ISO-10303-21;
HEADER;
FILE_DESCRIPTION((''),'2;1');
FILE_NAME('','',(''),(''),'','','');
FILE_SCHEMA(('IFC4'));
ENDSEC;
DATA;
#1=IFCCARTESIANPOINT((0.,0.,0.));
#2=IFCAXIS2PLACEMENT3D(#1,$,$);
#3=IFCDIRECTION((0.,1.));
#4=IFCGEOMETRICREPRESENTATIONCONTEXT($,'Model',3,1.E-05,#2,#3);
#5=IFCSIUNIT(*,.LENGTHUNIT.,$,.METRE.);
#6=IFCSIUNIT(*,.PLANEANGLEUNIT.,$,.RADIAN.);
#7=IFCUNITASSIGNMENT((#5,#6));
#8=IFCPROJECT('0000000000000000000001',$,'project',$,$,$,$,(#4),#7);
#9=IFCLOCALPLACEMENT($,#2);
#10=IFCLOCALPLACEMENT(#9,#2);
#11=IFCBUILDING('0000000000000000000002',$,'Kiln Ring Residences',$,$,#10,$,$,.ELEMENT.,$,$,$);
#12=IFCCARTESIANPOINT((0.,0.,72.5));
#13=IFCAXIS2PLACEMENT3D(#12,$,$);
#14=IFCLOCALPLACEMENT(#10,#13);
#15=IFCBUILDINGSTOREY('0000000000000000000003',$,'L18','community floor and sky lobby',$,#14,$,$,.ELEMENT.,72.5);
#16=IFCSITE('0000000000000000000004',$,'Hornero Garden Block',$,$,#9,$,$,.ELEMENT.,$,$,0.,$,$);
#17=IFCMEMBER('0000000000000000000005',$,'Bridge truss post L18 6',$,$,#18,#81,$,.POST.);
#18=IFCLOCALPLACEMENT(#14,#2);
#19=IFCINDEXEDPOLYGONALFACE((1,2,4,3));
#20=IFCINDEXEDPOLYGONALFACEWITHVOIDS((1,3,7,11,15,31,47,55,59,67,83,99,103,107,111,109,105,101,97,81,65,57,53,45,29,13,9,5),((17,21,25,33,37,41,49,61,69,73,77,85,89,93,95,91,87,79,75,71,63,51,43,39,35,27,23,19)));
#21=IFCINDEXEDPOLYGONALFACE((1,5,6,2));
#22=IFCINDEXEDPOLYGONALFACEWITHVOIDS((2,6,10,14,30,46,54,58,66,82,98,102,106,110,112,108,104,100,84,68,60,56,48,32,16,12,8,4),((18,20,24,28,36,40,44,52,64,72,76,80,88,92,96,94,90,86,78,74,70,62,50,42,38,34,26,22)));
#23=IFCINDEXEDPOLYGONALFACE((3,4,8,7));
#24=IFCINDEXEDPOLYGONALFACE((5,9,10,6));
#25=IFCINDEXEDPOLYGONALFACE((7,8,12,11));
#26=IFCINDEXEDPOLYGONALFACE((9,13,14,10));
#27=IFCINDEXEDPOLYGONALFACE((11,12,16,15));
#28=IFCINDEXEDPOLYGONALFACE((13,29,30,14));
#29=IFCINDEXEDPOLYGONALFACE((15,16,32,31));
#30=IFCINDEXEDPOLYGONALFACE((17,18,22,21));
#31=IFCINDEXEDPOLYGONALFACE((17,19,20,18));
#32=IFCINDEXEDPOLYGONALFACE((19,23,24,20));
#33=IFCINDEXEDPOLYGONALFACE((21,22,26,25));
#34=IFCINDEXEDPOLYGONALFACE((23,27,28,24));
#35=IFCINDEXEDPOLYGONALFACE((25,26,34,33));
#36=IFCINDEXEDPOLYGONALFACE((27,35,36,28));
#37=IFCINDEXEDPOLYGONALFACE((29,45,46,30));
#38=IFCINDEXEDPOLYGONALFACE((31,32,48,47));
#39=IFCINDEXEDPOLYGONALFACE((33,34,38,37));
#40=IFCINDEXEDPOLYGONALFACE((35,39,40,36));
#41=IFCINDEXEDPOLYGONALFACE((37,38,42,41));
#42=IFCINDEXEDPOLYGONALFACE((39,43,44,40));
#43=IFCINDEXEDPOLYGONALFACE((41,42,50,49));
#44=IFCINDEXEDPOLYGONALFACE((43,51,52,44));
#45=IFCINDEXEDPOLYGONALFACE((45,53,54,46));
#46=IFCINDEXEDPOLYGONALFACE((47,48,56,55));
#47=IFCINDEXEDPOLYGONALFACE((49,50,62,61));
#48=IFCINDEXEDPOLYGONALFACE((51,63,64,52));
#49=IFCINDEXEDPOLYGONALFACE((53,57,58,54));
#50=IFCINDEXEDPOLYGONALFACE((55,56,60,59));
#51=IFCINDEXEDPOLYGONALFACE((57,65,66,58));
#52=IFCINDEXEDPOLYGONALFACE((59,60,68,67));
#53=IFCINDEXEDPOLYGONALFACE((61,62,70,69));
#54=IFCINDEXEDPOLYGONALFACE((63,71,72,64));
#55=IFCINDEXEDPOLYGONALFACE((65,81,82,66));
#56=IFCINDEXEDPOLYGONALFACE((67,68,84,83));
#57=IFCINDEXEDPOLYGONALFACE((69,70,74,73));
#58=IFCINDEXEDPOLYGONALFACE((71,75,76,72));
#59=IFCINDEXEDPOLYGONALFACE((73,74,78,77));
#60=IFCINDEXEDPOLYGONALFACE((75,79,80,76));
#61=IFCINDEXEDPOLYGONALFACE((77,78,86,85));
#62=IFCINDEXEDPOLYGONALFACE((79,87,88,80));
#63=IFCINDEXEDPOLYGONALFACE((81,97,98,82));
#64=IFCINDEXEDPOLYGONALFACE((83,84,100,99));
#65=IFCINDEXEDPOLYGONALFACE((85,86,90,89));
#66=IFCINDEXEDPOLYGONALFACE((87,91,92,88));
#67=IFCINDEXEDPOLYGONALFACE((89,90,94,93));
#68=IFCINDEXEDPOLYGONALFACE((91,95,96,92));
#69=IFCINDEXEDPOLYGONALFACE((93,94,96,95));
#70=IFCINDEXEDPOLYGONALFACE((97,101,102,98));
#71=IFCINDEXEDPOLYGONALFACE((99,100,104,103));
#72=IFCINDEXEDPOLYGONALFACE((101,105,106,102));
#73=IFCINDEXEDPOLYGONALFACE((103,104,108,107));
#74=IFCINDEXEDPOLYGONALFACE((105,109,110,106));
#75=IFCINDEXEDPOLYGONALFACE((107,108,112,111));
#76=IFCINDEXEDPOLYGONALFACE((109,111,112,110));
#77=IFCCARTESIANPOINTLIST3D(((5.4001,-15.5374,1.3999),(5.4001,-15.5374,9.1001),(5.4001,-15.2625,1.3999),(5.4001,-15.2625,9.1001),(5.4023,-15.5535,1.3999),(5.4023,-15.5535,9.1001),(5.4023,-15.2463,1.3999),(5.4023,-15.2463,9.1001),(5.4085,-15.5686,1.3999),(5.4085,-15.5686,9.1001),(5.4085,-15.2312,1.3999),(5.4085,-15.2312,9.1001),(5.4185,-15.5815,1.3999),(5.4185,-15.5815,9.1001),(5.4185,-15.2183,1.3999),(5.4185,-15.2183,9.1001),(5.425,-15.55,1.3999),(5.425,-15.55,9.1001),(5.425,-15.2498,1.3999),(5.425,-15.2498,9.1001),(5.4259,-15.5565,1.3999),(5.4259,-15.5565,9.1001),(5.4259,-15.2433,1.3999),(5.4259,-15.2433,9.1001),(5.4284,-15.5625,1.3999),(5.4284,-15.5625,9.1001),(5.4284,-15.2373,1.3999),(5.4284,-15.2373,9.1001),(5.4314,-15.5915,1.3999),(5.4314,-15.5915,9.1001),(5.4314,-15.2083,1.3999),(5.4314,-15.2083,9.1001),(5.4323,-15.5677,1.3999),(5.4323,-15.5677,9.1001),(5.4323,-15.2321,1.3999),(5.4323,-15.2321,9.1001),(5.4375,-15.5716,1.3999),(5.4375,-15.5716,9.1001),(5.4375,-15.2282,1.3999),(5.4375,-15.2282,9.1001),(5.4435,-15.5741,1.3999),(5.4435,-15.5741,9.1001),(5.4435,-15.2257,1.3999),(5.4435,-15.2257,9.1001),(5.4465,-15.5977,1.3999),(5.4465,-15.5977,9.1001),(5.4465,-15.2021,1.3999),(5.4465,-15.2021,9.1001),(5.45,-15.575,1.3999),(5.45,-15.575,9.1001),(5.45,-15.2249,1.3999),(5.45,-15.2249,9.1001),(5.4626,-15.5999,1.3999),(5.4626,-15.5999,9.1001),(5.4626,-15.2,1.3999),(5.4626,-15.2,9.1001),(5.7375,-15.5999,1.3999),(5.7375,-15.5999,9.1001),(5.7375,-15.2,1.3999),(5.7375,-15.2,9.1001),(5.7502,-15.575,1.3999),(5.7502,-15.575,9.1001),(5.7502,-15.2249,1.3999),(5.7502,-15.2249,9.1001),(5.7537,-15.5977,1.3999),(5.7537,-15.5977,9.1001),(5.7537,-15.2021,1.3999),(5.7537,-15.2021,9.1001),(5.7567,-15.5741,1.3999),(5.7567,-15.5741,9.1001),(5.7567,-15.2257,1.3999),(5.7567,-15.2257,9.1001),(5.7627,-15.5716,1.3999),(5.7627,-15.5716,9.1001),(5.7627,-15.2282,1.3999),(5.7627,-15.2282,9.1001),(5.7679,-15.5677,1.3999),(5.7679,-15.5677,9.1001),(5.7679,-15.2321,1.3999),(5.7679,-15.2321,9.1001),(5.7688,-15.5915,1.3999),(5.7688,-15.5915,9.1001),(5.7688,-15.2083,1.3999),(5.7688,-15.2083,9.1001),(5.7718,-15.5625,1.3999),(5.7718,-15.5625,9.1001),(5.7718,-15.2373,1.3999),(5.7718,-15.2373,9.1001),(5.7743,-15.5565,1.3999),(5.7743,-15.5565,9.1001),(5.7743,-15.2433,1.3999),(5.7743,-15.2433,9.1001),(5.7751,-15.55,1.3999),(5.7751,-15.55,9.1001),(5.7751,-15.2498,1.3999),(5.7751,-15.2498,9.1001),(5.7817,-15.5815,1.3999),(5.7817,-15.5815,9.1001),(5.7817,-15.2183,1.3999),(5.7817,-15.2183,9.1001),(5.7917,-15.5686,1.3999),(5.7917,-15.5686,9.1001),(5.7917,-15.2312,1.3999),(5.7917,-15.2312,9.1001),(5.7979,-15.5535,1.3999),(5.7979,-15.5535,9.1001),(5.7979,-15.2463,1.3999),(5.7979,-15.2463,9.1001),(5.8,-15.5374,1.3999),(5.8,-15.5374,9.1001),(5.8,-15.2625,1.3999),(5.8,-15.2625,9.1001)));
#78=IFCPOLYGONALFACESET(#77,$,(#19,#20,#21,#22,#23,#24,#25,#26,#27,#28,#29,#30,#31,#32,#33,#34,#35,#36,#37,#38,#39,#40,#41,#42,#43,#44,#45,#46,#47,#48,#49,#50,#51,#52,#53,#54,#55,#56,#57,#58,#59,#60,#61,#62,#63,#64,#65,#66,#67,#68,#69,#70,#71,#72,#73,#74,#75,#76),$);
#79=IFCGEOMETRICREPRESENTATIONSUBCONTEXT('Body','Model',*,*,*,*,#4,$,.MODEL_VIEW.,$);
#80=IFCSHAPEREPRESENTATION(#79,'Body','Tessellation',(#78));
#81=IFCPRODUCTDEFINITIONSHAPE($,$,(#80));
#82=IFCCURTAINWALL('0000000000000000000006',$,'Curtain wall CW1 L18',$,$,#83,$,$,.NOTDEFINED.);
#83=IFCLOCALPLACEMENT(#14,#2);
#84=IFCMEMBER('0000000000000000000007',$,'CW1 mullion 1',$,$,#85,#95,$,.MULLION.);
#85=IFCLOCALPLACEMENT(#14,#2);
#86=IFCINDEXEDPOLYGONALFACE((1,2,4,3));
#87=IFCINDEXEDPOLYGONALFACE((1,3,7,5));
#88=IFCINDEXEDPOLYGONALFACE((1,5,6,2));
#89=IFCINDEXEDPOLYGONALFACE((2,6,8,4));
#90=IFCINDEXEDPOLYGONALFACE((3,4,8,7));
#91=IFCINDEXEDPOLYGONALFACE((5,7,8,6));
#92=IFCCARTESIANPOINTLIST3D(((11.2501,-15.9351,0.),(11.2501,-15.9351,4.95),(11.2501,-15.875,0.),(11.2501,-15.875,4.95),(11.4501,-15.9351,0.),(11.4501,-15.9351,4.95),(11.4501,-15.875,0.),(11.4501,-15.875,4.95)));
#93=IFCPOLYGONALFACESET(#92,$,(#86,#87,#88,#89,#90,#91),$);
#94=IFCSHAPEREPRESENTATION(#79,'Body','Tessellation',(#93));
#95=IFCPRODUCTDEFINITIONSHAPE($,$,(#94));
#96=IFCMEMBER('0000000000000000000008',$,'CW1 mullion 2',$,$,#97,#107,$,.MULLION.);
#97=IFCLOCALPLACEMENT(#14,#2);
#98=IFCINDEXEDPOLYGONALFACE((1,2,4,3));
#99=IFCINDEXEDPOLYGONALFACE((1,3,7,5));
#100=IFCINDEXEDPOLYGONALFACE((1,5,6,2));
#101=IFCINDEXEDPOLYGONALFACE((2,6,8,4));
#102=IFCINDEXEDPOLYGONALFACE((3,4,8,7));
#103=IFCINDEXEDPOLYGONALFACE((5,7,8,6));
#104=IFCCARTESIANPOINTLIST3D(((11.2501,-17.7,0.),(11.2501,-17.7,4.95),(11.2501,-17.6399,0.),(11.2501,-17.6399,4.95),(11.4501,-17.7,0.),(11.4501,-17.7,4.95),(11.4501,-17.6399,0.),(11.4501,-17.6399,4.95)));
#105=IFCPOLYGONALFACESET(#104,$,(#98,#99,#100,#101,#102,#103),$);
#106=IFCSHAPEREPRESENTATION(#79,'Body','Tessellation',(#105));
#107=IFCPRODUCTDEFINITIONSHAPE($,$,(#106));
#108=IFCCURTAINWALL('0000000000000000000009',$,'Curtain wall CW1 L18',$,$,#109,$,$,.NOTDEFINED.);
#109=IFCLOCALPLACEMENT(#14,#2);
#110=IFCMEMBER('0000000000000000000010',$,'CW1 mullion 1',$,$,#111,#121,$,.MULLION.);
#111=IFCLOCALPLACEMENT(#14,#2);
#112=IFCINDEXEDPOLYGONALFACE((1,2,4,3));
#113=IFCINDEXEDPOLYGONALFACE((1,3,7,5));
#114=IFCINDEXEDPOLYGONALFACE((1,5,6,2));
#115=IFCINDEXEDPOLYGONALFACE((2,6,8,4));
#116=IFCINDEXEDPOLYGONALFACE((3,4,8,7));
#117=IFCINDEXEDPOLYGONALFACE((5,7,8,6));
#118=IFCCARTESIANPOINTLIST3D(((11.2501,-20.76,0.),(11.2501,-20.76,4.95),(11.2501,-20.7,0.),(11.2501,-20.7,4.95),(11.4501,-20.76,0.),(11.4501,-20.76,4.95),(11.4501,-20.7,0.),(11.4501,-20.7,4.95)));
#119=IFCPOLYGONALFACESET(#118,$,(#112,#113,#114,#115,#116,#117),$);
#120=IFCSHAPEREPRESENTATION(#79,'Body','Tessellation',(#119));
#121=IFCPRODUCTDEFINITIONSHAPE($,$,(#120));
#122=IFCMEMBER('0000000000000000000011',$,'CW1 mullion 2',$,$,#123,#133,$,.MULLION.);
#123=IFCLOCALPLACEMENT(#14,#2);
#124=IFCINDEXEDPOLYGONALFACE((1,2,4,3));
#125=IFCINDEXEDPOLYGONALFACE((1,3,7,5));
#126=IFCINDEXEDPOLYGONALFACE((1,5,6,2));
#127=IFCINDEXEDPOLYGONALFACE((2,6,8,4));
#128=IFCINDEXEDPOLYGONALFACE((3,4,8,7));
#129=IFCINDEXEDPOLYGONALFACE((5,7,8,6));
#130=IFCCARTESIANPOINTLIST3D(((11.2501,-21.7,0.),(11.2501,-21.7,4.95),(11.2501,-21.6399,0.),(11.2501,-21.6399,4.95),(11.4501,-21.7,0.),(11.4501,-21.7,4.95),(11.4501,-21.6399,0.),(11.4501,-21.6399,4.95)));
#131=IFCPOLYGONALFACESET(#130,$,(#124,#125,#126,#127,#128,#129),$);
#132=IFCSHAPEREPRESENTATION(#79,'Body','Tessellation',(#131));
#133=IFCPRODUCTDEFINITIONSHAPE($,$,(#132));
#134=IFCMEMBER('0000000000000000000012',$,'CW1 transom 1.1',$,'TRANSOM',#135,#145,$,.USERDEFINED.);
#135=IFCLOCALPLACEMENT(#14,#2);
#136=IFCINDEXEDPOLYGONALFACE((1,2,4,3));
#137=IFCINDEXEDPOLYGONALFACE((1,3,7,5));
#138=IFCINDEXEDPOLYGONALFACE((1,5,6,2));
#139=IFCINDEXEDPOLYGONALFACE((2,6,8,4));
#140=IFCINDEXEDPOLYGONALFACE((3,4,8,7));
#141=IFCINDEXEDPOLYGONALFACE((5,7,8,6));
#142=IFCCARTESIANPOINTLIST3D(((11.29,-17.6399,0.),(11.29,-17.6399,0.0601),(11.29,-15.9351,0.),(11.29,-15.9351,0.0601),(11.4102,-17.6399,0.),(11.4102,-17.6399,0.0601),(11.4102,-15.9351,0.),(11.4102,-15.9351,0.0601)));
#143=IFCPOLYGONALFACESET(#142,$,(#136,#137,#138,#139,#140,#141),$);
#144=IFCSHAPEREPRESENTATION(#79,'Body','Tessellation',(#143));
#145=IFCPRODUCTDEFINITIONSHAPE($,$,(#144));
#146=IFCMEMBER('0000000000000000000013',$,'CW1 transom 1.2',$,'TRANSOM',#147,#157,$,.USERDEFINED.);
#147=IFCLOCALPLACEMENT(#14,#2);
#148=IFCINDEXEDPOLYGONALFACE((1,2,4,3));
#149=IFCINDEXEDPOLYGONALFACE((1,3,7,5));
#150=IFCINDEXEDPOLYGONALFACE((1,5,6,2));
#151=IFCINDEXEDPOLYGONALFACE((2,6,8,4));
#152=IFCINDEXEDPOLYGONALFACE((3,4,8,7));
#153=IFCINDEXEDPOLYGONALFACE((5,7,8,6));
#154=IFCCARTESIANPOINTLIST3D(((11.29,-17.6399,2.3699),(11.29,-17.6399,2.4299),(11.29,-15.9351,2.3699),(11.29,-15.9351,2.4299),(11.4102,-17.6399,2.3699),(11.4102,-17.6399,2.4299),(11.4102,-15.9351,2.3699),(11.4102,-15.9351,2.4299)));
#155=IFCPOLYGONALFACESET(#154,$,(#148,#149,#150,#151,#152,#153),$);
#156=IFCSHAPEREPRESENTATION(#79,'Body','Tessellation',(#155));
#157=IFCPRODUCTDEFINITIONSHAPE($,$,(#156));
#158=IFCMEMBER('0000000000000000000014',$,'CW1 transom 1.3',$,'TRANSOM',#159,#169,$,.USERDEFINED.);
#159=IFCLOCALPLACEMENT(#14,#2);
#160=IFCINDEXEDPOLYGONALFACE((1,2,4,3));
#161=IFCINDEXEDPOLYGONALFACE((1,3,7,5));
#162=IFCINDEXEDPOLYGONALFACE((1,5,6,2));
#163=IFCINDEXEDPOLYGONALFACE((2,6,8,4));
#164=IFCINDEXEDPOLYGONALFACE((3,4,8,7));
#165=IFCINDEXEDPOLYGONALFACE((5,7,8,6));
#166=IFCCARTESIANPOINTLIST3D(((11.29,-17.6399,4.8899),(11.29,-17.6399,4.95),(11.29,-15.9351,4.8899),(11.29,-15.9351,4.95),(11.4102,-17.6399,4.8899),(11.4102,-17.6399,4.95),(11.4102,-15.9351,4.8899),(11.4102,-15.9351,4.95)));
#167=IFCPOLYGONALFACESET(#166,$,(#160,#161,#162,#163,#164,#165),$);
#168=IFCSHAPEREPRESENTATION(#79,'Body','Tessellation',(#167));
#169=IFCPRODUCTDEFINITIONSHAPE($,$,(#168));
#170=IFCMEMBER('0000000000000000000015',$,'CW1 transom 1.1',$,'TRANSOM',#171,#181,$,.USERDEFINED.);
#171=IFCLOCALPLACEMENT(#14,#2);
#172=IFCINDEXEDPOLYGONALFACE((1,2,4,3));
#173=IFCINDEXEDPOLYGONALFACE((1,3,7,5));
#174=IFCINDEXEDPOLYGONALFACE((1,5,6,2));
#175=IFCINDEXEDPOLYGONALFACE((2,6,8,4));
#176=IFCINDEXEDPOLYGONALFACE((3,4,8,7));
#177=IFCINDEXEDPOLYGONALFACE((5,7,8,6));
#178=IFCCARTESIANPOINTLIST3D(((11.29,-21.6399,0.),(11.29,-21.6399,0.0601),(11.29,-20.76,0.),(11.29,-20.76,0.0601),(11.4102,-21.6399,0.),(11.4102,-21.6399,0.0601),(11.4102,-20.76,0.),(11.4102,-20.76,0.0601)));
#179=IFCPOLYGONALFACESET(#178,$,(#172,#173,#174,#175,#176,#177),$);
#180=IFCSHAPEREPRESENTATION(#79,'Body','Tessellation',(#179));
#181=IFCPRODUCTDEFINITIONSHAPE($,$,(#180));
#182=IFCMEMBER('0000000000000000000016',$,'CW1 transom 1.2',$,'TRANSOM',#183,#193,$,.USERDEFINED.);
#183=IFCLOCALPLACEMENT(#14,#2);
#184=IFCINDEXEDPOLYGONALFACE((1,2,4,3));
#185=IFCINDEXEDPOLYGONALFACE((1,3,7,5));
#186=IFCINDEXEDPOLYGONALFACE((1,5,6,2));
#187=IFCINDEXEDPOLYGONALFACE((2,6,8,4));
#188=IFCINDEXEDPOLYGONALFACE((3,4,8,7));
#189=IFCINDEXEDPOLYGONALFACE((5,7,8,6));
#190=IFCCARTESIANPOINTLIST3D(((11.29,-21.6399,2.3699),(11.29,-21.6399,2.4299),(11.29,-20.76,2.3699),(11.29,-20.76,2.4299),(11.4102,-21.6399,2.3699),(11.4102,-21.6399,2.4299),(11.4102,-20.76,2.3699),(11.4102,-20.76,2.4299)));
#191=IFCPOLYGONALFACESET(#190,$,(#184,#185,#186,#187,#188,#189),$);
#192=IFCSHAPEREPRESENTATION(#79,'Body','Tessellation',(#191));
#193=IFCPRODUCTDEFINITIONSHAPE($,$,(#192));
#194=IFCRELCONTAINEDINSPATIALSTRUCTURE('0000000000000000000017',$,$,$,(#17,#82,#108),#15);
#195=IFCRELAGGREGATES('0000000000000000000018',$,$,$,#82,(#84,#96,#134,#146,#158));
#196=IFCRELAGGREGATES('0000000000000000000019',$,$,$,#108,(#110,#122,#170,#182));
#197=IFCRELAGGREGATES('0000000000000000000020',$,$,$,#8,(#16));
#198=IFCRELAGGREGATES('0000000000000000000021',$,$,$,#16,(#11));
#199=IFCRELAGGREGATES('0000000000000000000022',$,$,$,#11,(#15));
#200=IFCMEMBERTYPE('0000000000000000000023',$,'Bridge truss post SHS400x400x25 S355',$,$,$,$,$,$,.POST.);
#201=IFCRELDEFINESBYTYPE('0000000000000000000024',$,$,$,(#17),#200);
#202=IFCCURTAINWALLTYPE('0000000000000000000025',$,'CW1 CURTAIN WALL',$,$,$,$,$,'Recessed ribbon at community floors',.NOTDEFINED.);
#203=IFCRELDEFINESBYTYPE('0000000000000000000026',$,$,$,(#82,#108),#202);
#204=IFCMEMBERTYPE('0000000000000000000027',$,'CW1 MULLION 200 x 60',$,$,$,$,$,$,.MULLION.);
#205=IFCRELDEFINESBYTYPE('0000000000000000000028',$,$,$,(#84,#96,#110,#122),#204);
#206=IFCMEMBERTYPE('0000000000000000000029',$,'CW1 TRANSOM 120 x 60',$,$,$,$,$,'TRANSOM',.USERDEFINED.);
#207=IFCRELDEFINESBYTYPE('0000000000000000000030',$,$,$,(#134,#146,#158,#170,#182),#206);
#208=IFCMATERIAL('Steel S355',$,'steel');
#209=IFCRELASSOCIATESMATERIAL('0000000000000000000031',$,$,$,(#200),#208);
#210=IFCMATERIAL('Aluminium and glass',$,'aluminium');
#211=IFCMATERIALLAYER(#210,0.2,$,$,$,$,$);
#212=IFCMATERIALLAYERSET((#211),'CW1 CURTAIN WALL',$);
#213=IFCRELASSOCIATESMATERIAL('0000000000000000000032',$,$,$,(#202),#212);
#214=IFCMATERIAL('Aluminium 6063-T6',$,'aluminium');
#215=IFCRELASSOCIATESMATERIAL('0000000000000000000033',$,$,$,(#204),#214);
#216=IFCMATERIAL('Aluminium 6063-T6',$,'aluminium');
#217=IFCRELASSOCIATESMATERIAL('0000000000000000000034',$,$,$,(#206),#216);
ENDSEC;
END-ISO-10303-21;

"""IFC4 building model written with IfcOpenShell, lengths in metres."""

from ifc_helpers import new_model, si_unit, direction, frame, origin, origin_2d, place, context, subcontext, project, spatial, rectangle, hollow_rectangle, extrude, material, layer, layer_set, material_profile, profile_set, type_object, element, aggregate, save


model = new_model("IFC4")

# Units and contexts
model_context = context("Model", 3, precision=1e-05, world=origin(), true_north=direction((0.0, 1.0)))
body_context = subcontext(model_context, "Body", "Model", "MODEL_VIEW")
ifc_project = project(units=[si_unit("LENGTHUNIT", "METRE"), si_unit("PLANEANGLEUNIT", "RADIAN")], contexts=[model_context])

# Site, building, storey
site_placement = place(None, origin())
site = spatial("IfcSite", under=ifc_project, at=site_placement, Name="Hornero Garden Block", CompositionType="ELEMENT", RefElevation=0.0)
building_placement = place(site_placement, origin())
building = spatial("IfcBuilding", under=site, at=building_placement, Name="Kiln Ring Residences", CompositionType="ELEMENT")
storey_placement = place(building_placement, frame((0.0, 0.0, 72.5)))
storey = spatial("IfcBuildingStorey", under=building, at=storey_placement, Name="L18", Description="community floor and sky lobby", CompositionType="ELEMENT", Elevation=72.5)

# Member
ifc_material_1 = material(Name="Steel S355", Category="steel")
ifc_material_profile_1 = material_profile(ifc_material_1, hollow_rectangle(XDim=0.3999, YDim=0.3999, WallThickness=0.0249, InnerFilletRadius=0.0249, OuterFilletRadius=0.0625, at=origin_2d()), Name="SHS400x400x25")
ifc_profile_set_1 = profile_set([ifc_material_profile_1], Name="Steel S355")
member_type_1 = type_object("IfcMemberType", Name="Bridge truss post SHS400x400x25 S355", PredefinedType="POST", material=ifc_profile_set_1)
for number, where, z_axis, x_axis, name in (
    (1, (5.6001, -15.3999, 1.3999), (0.0, 0.0, 1.0), (1.0, 0.0, 0.0), "Bridge truss post L18 6"),
):
    element("IfcMember", number, at=place(storey_placement, frame(where, z_axis=z_axis, x_axis=x_axis)), inside=storey, type_object=member_type_1, Name=name, PredefinedType="POST", context=body_context, shape_type="SweptSolid", body=[
        extrude(hollow_rectangle(XDim=0.3999, YDim=0.3999, WallThickness=0.0249, InnerFilletRadius=0.0249, OuterFilletRadius=0.0625, at=origin_2d()), origin(), (0.0, 0.0, 1.0), 7.7002),
    ])

# Curtain walls, members
ifc_material_2 = material(Name="Aluminium and glass", Category="aluminium")
ifc_layer_1 = layer(ifc_material_2, 0.2)
ifc_layer_set_1 = layer_set([ifc_layer_1], Name="CW1 CURTAIN WALL")
curtain_wall_type = type_object("IfcCurtainWallType", Name="CW1 CURTAIN WALL", ElementType="Recessed ribbon at community floors", PredefinedType="NOTDEFINED", material=ifc_layer_set_1)
placement = place(storey_placement, origin())
curtain_wall_1 = element("IfcCurtainWall", 2, at=placement, inside=storey, type_object=curtain_wall_type, Name="Curtain wall CW1 L18", PredefinedType="NOTDEFINED")
ifc_material_3 = material(Name="Aluminium 6063-T6", Category="aluminium")
ifc_material_profile_2 = material_profile(ifc_material_3, rectangle(XDim=0.2, YDim=0.0601, at=origin_2d()), Name="AL 200x60")
ifc_profile_set_2 = profile_set([ifc_material_profile_2], Name="Aluminium 6063-T6")
member_type_2 = type_object("IfcMemberType", Name="CW1 MULLION 200 x 60", PredefinedType="MULLION", material=ifc_profile_set_2)
member_1_placement = place(storey_placement, frame((11.3501, -15.905, 0.0), z_axis=(0.0, 0.0, 1.0), x_axis=(1.0, 0.0, 0.0)))
member_1 = element("IfcMember", 3, at=member_1_placement, type_object=member_type_2, Name="CW1 mullion 1", PredefinedType="MULLION", context=body_context, shape_type="SweptSolid", body=[
    extrude(rectangle(XDim=0.2, YDim=0.0601, at=origin_2d()), origin(), (0.0, 0.0, 1.0), 4.95),
])
member_2_placement = place(storey_placement, frame((11.3501, -17.6699, 0.0), z_axis=(0.0, 0.0, 1.0), x_axis=(1.0, 0.0, 0.0)))
member_2 = element("IfcMember", 4, at=member_2_placement, type_object=member_type_2, Name="CW1 mullion 2", PredefinedType="MULLION", context=body_context, shape_type="SweptSolid", body=[
    extrude(rectangle(XDim=0.2, YDim=0.0601, at=origin_2d()), origin(), (0.0, 0.0, 1.0), 4.95),
])
curtain_wall_2 = element("IfcCurtainWall", 5, at=placement, inside=storey, type_object=curtain_wall_type, Name="Curtain wall CW1 L18", PredefinedType="NOTDEFINED")
member_3_placement = place(storey_placement, frame((11.3501, -20.73, 0.0), z_axis=(0.0, 0.0, 1.0), x_axis=(1.0, 0.0, 0.0)))
member_3 = element("IfcMember", 6, at=member_3_placement, type_object=member_type_2, Name="CW1 mullion 1", PredefinedType="MULLION", context=body_context, shape_type="SweptSolid", body=[
    extrude(rectangle(XDim=0.2, YDim=0.0601, at=origin_2d()), origin(), (0.0, 0.0, 1.0), 4.95),
])
member_4_placement = place(storey_placement, frame((11.3501, -21.6699, 0.0), z_axis=(0.0, 0.0, 1.0), x_axis=(1.0, 0.0, 0.0)))
member_4 = element("IfcMember", 7, at=member_4_placement, type_object=member_type_2, Name="CW1 mullion 2", PredefinedType="MULLION", context=body_context, shape_type="SweptSolid", body=[
    extrude(rectangle(XDim=0.2, YDim=0.0601, at=origin_2d()), origin(), (0.0, 0.0, 1.0), 4.95),
])

# Members
ifc_material_4 = material(Name="Aluminium 6063-T6", Category="aluminium")
ifc_material_profile_3 = material_profile(ifc_material_4, rectangle(XDim=0.1201, YDim=0.0601, at=origin_2d()), Name="AL 120x60")
ifc_profile_set_3 = profile_set([ifc_material_profile_3], Name="Aluminium 6063-T6")
member_type_3 = type_object("IfcMemberType", Name="CW1 TRANSOM 120 x 60", ElementType="TRANSOM", PredefinedType="USERDEFINED", material=ifc_profile_set_3)
member_5_placement = place(storey_placement, frame((11.3501, -15.9351, 0.03), z_axis=(0.0, -1.0, 0.0), x_axis=(1.0, 0.0, 0.0)))
member_5 = element("IfcMember", 8, at=member_5_placement, type_object=member_type_3, Name="CW1 transom 1.1", ObjectType="TRANSOM", PredefinedType="USERDEFINED", context=body_context, shape_type="SweptSolid", body=[
    extrude(rectangle(XDim=0.1201, YDim=0.0601, at=origin_2d()), origin(), (0.0, 0.0, 1.0), 1.7048),
])
member_6_placement = place(storey_placement, frame((11.3501, -15.9351, 2.3999), z_axis=(0.0, -1.0, 0.0), x_axis=(1.0, 0.0, 0.0)))
member_6 = element("IfcMember", 9, at=member_6_placement, type_object=member_type_3, Name="CW1 transom 1.2", ObjectType="TRANSOM", PredefinedType="USERDEFINED", context=body_context, shape_type="SweptSolid", body=[
    extrude(rectangle(XDim=0.1201, YDim=0.0601, at=origin_2d()), origin(), (0.0, 0.0, 1.0), 1.7048),
])
member_7_placement = place(storey_placement, frame((11.3501, -15.9351, 4.9199), z_axis=(0.0, -1.0, 0.0), x_axis=(1.0, 0.0, 0.0)))
member_7 = element("IfcMember", 10, at=member_7_placement, type_object=member_type_3, Name="CW1 transom 1.3", ObjectType="TRANSOM", PredefinedType="USERDEFINED", context=body_context, shape_type="SweptSolid", body=[
    extrude(rectangle(XDim=0.1201, YDim=0.0601, at=origin_2d()), origin(), (0.0, 0.0, 1.0), 1.7048),
])
member_8_placement = place(storey_placement, frame((11.3501, -20.76, 0.03), z_axis=(0.0, -1.0, 0.0), x_axis=(1.0, 0.0, 0.0)))
member_8 = element("IfcMember", 11, at=member_8_placement, type_object=member_type_3, Name="CW1 transom 1.1", ObjectType="TRANSOM", PredefinedType="USERDEFINED", context=body_context, shape_type="SweptSolid", body=[
    extrude(rectangle(XDim=0.1201, YDim=0.0601, at=origin_2d()), origin(), (0.0, 0.0, 1.0), 0.8799),
])
member_9_placement = place(storey_placement, frame((11.3501, -20.76, 2.3999), z_axis=(0.0, -1.0, 0.0), x_axis=(1.0, 0.0, 0.0)))
member_9 = element("IfcMember", 12, at=member_9_placement, type_object=member_type_3, Name="CW1 transom 1.2", ObjectType="TRANSOM", PredefinedType="USERDEFINED", context=body_context, shape_type="SweptSolid", body=[
    extrude(rectangle(XDim=0.1201, YDim=0.0601, at=origin_2d()), origin(), (0.0, 0.0, 1.0), 0.8799),
])

aggregate(curtain_wall_1, [member_1, member_2, member_5, member_6, member_7])
aggregate(curtain_wall_2, [member_3, member_4, member_8, member_9])

save(model, "model.ifc")
